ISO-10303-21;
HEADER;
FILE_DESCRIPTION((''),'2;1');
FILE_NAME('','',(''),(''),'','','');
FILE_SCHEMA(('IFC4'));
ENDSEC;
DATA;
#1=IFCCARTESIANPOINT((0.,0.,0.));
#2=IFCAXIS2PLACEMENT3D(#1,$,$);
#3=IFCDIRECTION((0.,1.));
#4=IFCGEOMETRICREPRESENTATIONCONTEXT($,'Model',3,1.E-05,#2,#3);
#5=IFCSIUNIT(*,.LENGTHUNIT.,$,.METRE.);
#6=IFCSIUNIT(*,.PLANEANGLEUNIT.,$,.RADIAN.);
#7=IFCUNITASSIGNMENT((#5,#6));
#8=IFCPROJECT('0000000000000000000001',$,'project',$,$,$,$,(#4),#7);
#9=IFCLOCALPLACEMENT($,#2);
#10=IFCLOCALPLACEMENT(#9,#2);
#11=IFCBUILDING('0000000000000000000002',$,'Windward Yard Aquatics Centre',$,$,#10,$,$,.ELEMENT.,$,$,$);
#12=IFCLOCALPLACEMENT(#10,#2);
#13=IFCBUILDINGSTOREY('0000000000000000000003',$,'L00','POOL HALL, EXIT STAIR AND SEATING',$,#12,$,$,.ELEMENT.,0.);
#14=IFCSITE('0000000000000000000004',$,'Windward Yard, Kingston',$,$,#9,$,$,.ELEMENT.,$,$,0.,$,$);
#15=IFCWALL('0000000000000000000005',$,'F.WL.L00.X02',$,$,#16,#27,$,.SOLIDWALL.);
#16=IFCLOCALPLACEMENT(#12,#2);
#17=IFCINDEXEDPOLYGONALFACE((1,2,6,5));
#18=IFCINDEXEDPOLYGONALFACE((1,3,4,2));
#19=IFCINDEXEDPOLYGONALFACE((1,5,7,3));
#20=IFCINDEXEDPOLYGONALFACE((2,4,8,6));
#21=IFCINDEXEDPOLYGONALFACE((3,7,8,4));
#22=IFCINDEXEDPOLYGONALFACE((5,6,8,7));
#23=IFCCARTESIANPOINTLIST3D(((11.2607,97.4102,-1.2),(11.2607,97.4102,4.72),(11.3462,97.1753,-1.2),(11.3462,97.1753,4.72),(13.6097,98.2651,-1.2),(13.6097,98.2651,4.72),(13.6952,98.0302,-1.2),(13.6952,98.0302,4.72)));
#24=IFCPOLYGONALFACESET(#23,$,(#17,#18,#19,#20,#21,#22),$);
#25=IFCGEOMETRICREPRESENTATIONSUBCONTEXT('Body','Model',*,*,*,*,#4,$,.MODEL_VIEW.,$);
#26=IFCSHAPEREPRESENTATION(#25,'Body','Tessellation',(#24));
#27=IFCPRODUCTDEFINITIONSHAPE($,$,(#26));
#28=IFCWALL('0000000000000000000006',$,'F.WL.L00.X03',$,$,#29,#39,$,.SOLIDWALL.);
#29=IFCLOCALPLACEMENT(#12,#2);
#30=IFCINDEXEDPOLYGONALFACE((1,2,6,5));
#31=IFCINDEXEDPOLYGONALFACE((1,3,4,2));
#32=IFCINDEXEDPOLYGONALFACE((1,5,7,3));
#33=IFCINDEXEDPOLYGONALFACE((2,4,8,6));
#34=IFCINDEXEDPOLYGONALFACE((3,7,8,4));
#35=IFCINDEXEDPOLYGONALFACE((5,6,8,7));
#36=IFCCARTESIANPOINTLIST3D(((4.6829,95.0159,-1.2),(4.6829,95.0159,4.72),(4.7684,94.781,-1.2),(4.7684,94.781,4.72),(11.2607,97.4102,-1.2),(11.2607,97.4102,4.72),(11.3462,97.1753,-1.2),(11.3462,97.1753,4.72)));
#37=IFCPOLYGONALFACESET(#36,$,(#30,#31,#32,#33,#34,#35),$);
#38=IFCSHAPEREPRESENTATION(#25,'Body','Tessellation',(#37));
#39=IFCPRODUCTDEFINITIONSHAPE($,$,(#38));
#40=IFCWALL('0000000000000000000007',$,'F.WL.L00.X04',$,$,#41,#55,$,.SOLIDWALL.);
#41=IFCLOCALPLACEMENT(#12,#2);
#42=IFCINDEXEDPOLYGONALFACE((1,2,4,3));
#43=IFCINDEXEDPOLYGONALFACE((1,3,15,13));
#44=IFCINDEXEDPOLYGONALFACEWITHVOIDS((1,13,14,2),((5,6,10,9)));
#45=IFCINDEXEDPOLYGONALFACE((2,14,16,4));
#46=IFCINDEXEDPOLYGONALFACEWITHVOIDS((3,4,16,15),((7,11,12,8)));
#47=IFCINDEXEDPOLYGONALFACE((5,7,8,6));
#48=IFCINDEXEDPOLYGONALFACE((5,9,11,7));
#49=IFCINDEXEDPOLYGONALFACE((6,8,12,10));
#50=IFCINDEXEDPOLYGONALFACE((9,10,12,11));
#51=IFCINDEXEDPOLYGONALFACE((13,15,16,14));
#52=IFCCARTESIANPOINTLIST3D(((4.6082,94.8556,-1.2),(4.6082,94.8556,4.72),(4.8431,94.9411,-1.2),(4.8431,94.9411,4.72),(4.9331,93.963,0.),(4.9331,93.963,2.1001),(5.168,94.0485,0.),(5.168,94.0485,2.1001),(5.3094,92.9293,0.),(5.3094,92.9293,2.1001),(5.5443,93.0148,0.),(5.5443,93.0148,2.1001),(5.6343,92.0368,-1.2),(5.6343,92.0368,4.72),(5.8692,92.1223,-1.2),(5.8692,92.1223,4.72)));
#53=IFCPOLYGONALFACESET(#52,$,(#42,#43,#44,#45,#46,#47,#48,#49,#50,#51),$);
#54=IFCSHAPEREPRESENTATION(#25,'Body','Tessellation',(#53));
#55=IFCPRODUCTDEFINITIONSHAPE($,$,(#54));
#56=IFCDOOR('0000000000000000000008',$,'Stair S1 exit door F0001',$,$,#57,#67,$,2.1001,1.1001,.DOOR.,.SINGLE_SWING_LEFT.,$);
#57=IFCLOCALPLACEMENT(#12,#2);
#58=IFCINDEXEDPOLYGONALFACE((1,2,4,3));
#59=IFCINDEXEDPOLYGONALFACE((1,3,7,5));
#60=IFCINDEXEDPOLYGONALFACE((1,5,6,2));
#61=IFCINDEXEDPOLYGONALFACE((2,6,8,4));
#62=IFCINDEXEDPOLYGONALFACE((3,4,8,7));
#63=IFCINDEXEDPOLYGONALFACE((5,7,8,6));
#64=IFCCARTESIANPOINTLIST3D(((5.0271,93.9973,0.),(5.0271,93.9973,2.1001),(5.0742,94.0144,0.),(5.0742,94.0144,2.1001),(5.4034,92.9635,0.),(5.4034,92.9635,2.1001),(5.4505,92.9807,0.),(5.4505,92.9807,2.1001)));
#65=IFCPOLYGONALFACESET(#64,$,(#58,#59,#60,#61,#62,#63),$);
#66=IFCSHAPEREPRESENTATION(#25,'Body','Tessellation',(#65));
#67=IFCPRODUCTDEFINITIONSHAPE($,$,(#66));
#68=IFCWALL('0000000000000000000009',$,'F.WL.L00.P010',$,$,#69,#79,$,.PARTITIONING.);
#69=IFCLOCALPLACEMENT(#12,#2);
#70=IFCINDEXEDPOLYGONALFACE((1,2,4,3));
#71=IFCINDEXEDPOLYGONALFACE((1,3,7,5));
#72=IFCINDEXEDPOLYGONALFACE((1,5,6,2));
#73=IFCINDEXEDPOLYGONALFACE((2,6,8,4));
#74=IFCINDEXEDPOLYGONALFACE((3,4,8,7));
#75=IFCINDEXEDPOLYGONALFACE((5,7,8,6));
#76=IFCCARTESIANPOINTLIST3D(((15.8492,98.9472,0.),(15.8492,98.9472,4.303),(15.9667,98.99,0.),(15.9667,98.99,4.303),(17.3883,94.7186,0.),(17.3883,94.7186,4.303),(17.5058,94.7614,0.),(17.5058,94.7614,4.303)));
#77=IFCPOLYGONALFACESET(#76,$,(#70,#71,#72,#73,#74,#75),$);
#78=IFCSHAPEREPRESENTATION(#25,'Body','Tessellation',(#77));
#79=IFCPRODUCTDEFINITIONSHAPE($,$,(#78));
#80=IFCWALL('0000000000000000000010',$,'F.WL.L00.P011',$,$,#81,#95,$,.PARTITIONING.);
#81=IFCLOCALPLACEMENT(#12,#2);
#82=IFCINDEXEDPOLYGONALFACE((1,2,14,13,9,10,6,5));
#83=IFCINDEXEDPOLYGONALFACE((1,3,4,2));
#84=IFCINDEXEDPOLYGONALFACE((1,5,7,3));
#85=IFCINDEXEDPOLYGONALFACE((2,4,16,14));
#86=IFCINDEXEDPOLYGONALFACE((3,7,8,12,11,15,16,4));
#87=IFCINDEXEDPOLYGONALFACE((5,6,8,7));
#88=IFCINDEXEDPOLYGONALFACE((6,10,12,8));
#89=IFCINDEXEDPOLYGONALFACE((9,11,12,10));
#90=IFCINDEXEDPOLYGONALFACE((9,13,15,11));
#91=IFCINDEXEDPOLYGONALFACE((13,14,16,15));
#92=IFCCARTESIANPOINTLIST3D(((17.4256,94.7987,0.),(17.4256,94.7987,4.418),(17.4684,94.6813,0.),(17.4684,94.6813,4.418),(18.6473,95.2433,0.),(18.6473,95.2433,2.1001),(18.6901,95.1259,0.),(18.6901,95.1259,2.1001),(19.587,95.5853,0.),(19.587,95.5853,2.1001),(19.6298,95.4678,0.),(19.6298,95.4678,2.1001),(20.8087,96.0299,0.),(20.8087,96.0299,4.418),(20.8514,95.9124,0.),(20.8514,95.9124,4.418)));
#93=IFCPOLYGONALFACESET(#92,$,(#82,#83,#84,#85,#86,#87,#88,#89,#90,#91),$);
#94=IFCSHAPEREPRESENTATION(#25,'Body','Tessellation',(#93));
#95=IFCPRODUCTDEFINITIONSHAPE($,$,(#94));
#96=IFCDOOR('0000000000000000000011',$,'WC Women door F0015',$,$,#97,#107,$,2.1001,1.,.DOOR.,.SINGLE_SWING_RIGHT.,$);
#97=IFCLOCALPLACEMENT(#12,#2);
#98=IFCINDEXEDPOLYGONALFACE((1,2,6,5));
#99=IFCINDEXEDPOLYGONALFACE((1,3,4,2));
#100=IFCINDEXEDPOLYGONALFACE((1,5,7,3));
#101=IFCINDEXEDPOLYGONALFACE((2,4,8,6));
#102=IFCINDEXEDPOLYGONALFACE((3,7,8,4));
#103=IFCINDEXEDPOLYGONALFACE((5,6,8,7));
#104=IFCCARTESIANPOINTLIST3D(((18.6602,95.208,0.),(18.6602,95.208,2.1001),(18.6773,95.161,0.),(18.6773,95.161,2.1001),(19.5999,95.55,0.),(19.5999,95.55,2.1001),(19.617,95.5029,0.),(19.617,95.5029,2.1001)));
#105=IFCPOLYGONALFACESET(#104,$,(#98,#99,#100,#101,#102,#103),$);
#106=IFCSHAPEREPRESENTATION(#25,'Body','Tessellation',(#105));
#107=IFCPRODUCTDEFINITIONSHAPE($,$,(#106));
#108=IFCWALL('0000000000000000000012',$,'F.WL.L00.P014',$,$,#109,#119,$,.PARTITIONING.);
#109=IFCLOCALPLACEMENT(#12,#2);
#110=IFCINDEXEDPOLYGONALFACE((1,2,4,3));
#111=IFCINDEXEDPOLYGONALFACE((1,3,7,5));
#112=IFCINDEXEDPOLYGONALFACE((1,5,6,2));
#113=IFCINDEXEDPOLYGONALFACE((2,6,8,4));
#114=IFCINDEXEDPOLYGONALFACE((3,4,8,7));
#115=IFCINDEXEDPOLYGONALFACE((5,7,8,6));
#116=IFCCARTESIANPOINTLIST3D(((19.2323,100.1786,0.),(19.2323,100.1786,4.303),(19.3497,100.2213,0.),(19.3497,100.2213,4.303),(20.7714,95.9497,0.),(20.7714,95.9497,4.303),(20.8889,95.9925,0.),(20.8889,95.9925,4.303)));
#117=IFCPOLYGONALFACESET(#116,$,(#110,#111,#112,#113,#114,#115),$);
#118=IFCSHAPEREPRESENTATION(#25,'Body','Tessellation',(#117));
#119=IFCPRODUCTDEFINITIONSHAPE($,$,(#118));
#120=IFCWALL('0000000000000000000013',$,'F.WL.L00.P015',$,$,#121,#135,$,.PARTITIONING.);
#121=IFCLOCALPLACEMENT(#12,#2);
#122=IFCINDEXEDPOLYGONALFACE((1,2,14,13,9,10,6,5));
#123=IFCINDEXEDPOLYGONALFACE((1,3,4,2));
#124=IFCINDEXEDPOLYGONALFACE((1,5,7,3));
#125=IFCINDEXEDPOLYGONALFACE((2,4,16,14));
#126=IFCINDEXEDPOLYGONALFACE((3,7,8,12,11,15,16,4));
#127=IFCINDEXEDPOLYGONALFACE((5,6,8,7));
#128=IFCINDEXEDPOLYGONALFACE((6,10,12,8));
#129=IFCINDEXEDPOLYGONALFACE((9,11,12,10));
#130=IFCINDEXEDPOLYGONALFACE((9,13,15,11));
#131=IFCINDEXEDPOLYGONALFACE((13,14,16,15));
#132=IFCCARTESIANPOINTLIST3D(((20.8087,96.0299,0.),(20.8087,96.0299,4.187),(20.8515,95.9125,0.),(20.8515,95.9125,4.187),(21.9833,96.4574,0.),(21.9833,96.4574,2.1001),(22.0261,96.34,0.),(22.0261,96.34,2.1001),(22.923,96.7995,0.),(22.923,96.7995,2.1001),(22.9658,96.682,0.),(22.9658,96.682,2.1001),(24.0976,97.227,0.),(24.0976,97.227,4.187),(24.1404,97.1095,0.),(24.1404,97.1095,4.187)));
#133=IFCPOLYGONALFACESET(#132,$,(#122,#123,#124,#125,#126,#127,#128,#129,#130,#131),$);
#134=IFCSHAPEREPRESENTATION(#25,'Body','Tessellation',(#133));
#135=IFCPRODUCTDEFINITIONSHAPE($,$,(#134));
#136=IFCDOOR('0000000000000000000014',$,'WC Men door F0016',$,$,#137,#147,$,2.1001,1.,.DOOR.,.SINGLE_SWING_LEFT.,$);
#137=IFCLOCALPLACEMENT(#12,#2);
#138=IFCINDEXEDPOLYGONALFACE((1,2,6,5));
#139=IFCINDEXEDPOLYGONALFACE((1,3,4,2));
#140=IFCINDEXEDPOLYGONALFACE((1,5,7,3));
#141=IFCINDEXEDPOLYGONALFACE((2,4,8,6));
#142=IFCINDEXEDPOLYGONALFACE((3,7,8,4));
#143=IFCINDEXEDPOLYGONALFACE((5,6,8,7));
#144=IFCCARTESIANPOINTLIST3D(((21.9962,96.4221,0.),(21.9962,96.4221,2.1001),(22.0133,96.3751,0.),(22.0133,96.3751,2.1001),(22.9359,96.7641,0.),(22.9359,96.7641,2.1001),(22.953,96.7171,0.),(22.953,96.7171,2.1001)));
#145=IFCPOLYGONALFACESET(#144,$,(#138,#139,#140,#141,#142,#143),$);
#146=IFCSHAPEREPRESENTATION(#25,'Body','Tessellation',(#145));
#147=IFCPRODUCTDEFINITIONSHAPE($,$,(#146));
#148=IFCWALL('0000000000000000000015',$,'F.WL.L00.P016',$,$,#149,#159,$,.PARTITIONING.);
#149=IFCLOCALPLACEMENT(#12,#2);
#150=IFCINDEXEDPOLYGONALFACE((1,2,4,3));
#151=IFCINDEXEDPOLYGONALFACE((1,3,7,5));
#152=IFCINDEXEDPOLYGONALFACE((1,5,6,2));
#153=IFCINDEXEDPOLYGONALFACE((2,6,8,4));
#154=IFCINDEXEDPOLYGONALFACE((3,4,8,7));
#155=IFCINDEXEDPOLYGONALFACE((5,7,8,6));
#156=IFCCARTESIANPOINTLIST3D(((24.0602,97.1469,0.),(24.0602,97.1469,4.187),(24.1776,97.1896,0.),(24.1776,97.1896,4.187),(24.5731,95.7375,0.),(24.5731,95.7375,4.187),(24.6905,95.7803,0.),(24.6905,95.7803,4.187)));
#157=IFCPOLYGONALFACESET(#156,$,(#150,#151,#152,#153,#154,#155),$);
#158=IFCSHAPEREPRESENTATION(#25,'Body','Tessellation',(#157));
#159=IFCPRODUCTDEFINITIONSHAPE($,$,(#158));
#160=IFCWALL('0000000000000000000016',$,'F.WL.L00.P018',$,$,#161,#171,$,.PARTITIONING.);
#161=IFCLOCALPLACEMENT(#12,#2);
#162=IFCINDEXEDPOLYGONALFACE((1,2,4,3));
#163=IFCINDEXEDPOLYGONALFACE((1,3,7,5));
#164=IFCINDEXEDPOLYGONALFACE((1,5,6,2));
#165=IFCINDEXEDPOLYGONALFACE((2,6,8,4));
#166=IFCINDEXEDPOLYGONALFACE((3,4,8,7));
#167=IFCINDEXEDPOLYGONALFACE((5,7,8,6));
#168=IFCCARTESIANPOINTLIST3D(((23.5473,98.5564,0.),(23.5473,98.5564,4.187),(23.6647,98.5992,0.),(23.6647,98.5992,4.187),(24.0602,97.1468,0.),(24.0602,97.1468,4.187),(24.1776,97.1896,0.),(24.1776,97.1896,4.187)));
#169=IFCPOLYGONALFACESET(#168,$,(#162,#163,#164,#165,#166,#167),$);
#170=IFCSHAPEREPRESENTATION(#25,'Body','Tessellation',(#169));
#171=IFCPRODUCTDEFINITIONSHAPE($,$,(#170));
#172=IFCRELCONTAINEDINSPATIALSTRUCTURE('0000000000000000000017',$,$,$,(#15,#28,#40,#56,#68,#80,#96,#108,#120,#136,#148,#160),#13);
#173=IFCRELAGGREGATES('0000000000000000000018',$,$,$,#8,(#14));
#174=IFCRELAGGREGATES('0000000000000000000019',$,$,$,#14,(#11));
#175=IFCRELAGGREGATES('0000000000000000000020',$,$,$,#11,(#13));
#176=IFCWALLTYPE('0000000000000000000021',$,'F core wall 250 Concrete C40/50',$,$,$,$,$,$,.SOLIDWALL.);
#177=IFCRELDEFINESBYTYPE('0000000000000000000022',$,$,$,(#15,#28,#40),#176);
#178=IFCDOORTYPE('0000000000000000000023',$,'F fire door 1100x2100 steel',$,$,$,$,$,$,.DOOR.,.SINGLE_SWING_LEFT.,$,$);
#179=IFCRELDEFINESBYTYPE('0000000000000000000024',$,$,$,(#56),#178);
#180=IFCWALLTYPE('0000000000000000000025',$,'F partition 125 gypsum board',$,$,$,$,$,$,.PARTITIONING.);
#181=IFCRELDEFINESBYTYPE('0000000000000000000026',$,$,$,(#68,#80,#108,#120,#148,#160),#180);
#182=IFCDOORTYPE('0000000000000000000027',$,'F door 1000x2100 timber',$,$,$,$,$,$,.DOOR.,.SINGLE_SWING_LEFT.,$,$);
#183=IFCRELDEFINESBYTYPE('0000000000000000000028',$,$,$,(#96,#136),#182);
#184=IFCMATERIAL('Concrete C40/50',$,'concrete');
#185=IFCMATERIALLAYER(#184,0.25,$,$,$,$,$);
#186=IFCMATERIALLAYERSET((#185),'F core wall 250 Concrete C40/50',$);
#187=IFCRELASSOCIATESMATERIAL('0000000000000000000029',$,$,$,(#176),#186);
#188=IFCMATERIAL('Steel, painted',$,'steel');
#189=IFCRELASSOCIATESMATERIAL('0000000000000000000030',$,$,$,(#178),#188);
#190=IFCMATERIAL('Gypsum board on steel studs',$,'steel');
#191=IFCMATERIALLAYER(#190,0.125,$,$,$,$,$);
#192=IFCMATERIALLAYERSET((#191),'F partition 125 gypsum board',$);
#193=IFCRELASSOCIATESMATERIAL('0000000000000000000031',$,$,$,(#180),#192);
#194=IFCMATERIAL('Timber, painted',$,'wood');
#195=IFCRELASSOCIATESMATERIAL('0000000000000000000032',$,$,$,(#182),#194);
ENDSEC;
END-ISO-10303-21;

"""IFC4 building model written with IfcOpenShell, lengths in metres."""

from ifc_helpers import new_model, si_unit, direction, frame, frame_2d, origin, place, context, subcontext, project, spatial, rectangle, extrude, material, layer, layer_set, type_object, element, fill, save


model = new_model("IFC4")

# Units and contexts
model_context = context("Model", 3, precision=1e-05, world=origin(), true_north=direction((0.0, 1.0)))
body_context = subcontext(model_context, "Body", "Model", "MODEL_VIEW")
ifc_project = project(units=[si_unit("LENGTHUNIT", "METRE"), si_unit("PLANEANGLEUNIT", "RADIAN")], contexts=[model_context])

# Site, building, storey
site_placement = place(None, origin())
site = spatial("IfcSite", under=ifc_project, at=site_placement, Name="Windward Yard, Kingston", CompositionType="ELEMENT", RefElevation=0.0)
building_placement = place(site_placement, origin())
building = spatial("IfcBuilding", under=site, at=building_placement, Name="Windward Yard Aquatics Centre", CompositionType="ELEMENT")
storey_placement = place(building_placement, origin())
storey = spatial("IfcBuildingStorey", under=building, at=storey_placement, Name="L00", Description="POOL HALL, EXIT STAIR AND SEATING", CompositionType="ELEMENT", Elevation=0.0)

# Shared definitions
ifc_material_1 = material(Name="Concrete C40/50", Category="concrete")

# Shared definitions
ifc_layer_1 = layer(ifc_material_1, 0.25)
ifc_layer_set_1 = layer_set([ifc_layer_1], Name="F core wall 250 Concrete C40/50")
wall_type_1 = type_object("IfcWallType", Name="F core wall 250 Concrete C40/50", PredefinedType="SOLIDWALL", material=ifc_layer_set_1)

# Walls
wall_1_placement = place(storey_placement, frame((13.6526, 98.1477, -1.2), z_axis=(0.0, 0.0, 1.0), x_axis=(-0.939696, -0.34201, 0.0)))
element("IfcWall", 1, at=wall_1_placement, inside=storey, type_object=wall_type_1, Name="F.WL.L00.X02", PredefinedType="SOLIDWALL", context=body_context, shape_type="SweptSolid", body=[
    extrude(rectangle(XDim=2.4998, YDim=0.25, at=frame_2d((1.25, 0.0))), origin(), (0.0, 0.0, 1.0), 5.9199),
])
wall_2_placement = place(storey_placement, frame((11.3035, 97.2927, -1.2), z_axis=(0.0, 0.0, 1.0), x_axis=(-0.939686, -0.342037, 0.0)))
element("IfcWall", 2, at=wall_2_placement, inside=storey, type_object=wall_type_1, Name="F.WL.L00.X03", PredefinedType="SOLIDWALL", context=body_context, shape_type="SweptSolid", body=[
    extrude(rectangle(XDim=7.0, YDim=0.25, at=frame_2d((3.5, 0.0))), origin(), (0.0, 0.0, 1.0), 5.9199),
])

# Wall, opening, door
wall_3_placement = place(storey_placement, frame((4.7256, 94.8984, -1.2), z_axis=(0.0, 0.0, 1.0), x_axis=(0.342063, -0.939677, 0.0)))
wall_3 = element("IfcWall", 3, at=wall_3_placement, inside=storey, type_object=wall_type_1, Name="F.WL.L00.X04", PredefinedType="SOLIDWALL", context=body_context, shape_type="SweptSolid", body=[
    extrude(rectangle(XDim=2.9998, YDim=0.25, at=frame_2d((1.5, 0.0))), origin(), (0.0, 0.0, 1.0), 5.9199),
])
opening_1_placement = place(wall_3_placement, frame((2.05, 0.0, 1.2), z_axis=(0.0, 0.0, 1.0), x_axis=(-1.0, 0.0, 0.0)))
opening_1 = element("IfcOpeningElement", 4, at=opening_1_placement, cuts=wall_3, PredefinedType="OPENING", context=body_context, shape_type="SweptSolid", body=[
    extrude(rectangle(XDim=1.1001, YDim=2.1001, at=frame_2d((0.55, 1.05))), frame((0.0, 0.135, 0.0), z_axis=(0.0, -1.0, 0.0), x_axis=(1.0, 0.0, 0.0)), (0.0, 0.0, 1.0), 0.27),
])
ifc_material_2 = material(Name="Steel, painted", Category="steel")
door_type_1 = type_object("IfcDoorType", Name="F fire door 1100x2100 steel", OperationType="SINGLE_SWING_LEFT", PredefinedType="DOOR", material=ifc_material_2)
door_1_placement = place(opening_1_placement, origin())
door_1 = element("IfcDoor", 5, at=door_1_placement, inside=storey, type_object=door_type_1, Name="Stair S1 exit door F0001", OperationType="SINGLE_SWING_LEFT", OverallHeight=2.1001, OverallWidth=1.1001, PredefinedType="DOOR", context=body_context, shape_type="SweptSolid", body=[
    extrude(rectangle(XDim=1.1001, YDim=2.1001, at=frame_2d((0.55, 1.05))), frame((0.0, 0.0249, 0.0), z_axis=(0.0, -1.0, 0.0), x_axis=(1.0, 0.0, 0.0)), (0.0, 0.0, 1.0), 0.05),
])
fill(opening_1, door_1)

# Wall
ifc_material_3 = material(Name="Gypsum board on steel studs", Category="steel")
ifc_layer_2 = layer(ifc_material_3, 0.125)
ifc_layer_set_2 = layer_set([ifc_layer_2], Name="F partition 125 gypsum board")
wall_type_2 = type_object("IfcWallType", Name="F partition 125 gypsum board", PredefinedType="PARTITIONING", material=ifc_layer_set_2)
wall_4_placement = place(storey_placement, frame((17.447, 94.74, 0.0), z_axis=(0.0, 0.0, 1.0), x_axis=(-0.342022, 0.939692, 0.0)))
element("IfcWall", 6, at=wall_4_placement, inside=storey, type_object=wall_type_2, Name="F.WL.L00.P010", PredefinedType="PARTITIONING", context=body_context, shape_type="SweptSolid", body=[
    extrude(rectangle(XDim=4.5, YDim=0.125, at=frame_2d((2.25, 0.0))), origin(), (0.0, 0.0, 1.0), 4.303),
])

# Wall, opening, door
wall_5_placement = place(storey_placement, frame((17.447, 94.74, 0.0), z_axis=(0.0, 0.0, 1.0), x_axis=(0.939704, 0.341988, 0.0)))
wall_5 = element("IfcWall", 7, at=wall_5_placement, inside=storey, type_object=wall_type_2, Name="F.WL.L00.P011", PredefinedType="PARTITIONING", context=body_context, shape_type="SweptSolid", body=[
    extrude(rectangle(XDim=3.6001, YDim=0.125, at=frame_2d((1.8, 0.0))), origin(), (0.0, 0.0, 1.0), 4.418),
])
opening_2_placement = place(wall_5_placement, frame((1.3, 0.0, 0.0)))
opening_2 = element("IfcOpeningElement", 8, at=opening_2_placement, cuts=wall_5, PredefinedType="OPENING", context=body_context, shape_type="SweptSolid", body=[
    extrude(rectangle(XDim=1.0, YDim=2.1001, at=frame_2d((0.5, 1.05))), frame((0.0, 0.0725, 0.0), z_axis=(0.0, -1.0, 0.0), x_axis=(1.0, 0.0, 0.0)), (0.0, 0.0, 1.0), 0.145),
])
ifc_material_4 = material(Name="Timber, painted", Category="wood")
door_type_2 = type_object("IfcDoorType", Name="F door 1000x2100 timber", OperationType="SINGLE_SWING_LEFT", PredefinedType="DOOR", material=ifc_material_4)
door_2_placement = place(opening_2_placement, origin())
door_2 = element("IfcDoor", 9, at=door_2_placement, inside=storey, type_object=door_type_2, Name="WC Women door F0015", OperationType="SINGLE_SWING_RIGHT", OverallHeight=2.1001, OverallWidth=1.0, PredefinedType="DOOR", context=body_context, shape_type="SweptSolid", body=[
    extrude(rectangle(XDim=1.0, YDim=2.1001, at=frame_2d((0.5, 1.05))), frame((0.0, 0.0249, 0.0), z_axis=(0.0, -1.0, 0.0), x_axis=(1.0, 0.0, 0.0)), (0.0, 0.0, 1.0), 0.05),
])
fill(opening_2, door_2)

# Wall
wall_6_placement = place(storey_placement, frame((20.8301, 95.9712, 0.0), z_axis=(0.0, 0.0, 1.0), x_axis=(-0.342004, 0.939698, 0.0)))
element("IfcWall", 10, at=wall_6_placement, inside=storey, type_object=wall_type_2, Name="F.WL.L00.P014", PredefinedType="PARTITIONING", context=body_context, shape_type="SweptSolid", body=[
    extrude(rectangle(XDim=4.5002, YDim=0.125, at=frame_2d((2.25, 0.0))), origin(), (0.0, 0.0, 1.0), 4.303),
])

# Wall, opening, door
wall_7_placement = place(storey_placement, frame((20.8301, 95.9712, 0.0), z_axis=(0.0, 0.0, 1.0), x_axis=(0.939694, 0.342017, 0.0)))
wall_7 = element("IfcWall", 11, at=wall_7_placement, inside=storey, type_object=wall_type_2, Name="F.WL.L00.P015", PredefinedType="PARTITIONING", context=body_context, shape_type="SweptSolid", body=[
    extrude(rectangle(XDim=3.5, YDim=0.125, at=frame_2d((1.75, 0.0))), origin(), (0.0, 0.0, 1.0), 4.187),
])
opening_3_placement = place(wall_7_placement, frame((1.25, 0.0, 0.0)))
opening_3 = element("IfcOpeningElement", 12, at=opening_3_placement, cuts=wall_7, PredefinedType="OPENING", context=body_context, shape_type="SweptSolid", body=[
    extrude(rectangle(XDim=1.0, YDim=2.1001, at=frame_2d((0.5, 1.05))), frame((0.0, 0.0725, 0.0), z_axis=(0.0, -1.0, 0.0), x_axis=(1.0, 0.0, 0.0)), (0.0, 0.0, 1.0), 0.145),
])
door_3_placement = place(opening_3_placement, origin())
door_3 = element("IfcDoor", 13, at=door_3_placement, inside=storey, type_object=door_type_2, Name="WC Men door F0016", OperationType="SINGLE_SWING_LEFT", OverallHeight=2.1001, OverallWidth=1.0, PredefinedType="DOOR", context=body_context, shape_type="SweptSolid", body=[
    extrude(rectangle(XDim=1.0, YDim=2.1001, at=frame_2d((0.5, 1.05))), frame((0.0, 0.0249, 0.0), z_axis=(0.0, -1.0, 0.0), x_axis=(1.0, 0.0, 0.0)), (0.0, 0.0, 1.0), 0.05),
])
fill(opening_3, door_3)

# Walls
wall_8_placement = place(storey_placement, frame((24.6318, 95.7588, 0.0), z_axis=(0.0, 0.0, 1.0), x_axis=(-0.341991, 0.939703, 0.0)))
element("IfcWall", 14, at=wall_8_placement, inside=storey, type_object=wall_type_2, Name="F.WL.L00.P016", PredefinedType="PARTITIONING", context=body_context, shape_type="SweptSolid", body=[
    extrude(rectangle(XDim=1.4998, YDim=0.125, at=frame_2d((0.75, 0.0))), origin(), (0.0, 0.0, 1.0), 4.187),
])
wall_9_placement = place(storey_placement, frame((24.1189, 97.1682, 0.0), z_axis=(0.0, 0.0, 1.0), x_axis=(-0.341939, 0.939722, 0.0)))
element("IfcWall", 15, at=wall_9_placement, inside=storey, type_object=wall_type_2, Name="F.WL.L00.P018", PredefinedType="PARTITIONING", context=body_context, shape_type="SweptSolid", body=[
    extrude(rectangle(XDim=1.5, YDim=0.125, at=frame_2d((0.75, 0.0))), origin(), (0.0, 0.0, 1.0), 4.187),
])

save(model, "model.ifc")
